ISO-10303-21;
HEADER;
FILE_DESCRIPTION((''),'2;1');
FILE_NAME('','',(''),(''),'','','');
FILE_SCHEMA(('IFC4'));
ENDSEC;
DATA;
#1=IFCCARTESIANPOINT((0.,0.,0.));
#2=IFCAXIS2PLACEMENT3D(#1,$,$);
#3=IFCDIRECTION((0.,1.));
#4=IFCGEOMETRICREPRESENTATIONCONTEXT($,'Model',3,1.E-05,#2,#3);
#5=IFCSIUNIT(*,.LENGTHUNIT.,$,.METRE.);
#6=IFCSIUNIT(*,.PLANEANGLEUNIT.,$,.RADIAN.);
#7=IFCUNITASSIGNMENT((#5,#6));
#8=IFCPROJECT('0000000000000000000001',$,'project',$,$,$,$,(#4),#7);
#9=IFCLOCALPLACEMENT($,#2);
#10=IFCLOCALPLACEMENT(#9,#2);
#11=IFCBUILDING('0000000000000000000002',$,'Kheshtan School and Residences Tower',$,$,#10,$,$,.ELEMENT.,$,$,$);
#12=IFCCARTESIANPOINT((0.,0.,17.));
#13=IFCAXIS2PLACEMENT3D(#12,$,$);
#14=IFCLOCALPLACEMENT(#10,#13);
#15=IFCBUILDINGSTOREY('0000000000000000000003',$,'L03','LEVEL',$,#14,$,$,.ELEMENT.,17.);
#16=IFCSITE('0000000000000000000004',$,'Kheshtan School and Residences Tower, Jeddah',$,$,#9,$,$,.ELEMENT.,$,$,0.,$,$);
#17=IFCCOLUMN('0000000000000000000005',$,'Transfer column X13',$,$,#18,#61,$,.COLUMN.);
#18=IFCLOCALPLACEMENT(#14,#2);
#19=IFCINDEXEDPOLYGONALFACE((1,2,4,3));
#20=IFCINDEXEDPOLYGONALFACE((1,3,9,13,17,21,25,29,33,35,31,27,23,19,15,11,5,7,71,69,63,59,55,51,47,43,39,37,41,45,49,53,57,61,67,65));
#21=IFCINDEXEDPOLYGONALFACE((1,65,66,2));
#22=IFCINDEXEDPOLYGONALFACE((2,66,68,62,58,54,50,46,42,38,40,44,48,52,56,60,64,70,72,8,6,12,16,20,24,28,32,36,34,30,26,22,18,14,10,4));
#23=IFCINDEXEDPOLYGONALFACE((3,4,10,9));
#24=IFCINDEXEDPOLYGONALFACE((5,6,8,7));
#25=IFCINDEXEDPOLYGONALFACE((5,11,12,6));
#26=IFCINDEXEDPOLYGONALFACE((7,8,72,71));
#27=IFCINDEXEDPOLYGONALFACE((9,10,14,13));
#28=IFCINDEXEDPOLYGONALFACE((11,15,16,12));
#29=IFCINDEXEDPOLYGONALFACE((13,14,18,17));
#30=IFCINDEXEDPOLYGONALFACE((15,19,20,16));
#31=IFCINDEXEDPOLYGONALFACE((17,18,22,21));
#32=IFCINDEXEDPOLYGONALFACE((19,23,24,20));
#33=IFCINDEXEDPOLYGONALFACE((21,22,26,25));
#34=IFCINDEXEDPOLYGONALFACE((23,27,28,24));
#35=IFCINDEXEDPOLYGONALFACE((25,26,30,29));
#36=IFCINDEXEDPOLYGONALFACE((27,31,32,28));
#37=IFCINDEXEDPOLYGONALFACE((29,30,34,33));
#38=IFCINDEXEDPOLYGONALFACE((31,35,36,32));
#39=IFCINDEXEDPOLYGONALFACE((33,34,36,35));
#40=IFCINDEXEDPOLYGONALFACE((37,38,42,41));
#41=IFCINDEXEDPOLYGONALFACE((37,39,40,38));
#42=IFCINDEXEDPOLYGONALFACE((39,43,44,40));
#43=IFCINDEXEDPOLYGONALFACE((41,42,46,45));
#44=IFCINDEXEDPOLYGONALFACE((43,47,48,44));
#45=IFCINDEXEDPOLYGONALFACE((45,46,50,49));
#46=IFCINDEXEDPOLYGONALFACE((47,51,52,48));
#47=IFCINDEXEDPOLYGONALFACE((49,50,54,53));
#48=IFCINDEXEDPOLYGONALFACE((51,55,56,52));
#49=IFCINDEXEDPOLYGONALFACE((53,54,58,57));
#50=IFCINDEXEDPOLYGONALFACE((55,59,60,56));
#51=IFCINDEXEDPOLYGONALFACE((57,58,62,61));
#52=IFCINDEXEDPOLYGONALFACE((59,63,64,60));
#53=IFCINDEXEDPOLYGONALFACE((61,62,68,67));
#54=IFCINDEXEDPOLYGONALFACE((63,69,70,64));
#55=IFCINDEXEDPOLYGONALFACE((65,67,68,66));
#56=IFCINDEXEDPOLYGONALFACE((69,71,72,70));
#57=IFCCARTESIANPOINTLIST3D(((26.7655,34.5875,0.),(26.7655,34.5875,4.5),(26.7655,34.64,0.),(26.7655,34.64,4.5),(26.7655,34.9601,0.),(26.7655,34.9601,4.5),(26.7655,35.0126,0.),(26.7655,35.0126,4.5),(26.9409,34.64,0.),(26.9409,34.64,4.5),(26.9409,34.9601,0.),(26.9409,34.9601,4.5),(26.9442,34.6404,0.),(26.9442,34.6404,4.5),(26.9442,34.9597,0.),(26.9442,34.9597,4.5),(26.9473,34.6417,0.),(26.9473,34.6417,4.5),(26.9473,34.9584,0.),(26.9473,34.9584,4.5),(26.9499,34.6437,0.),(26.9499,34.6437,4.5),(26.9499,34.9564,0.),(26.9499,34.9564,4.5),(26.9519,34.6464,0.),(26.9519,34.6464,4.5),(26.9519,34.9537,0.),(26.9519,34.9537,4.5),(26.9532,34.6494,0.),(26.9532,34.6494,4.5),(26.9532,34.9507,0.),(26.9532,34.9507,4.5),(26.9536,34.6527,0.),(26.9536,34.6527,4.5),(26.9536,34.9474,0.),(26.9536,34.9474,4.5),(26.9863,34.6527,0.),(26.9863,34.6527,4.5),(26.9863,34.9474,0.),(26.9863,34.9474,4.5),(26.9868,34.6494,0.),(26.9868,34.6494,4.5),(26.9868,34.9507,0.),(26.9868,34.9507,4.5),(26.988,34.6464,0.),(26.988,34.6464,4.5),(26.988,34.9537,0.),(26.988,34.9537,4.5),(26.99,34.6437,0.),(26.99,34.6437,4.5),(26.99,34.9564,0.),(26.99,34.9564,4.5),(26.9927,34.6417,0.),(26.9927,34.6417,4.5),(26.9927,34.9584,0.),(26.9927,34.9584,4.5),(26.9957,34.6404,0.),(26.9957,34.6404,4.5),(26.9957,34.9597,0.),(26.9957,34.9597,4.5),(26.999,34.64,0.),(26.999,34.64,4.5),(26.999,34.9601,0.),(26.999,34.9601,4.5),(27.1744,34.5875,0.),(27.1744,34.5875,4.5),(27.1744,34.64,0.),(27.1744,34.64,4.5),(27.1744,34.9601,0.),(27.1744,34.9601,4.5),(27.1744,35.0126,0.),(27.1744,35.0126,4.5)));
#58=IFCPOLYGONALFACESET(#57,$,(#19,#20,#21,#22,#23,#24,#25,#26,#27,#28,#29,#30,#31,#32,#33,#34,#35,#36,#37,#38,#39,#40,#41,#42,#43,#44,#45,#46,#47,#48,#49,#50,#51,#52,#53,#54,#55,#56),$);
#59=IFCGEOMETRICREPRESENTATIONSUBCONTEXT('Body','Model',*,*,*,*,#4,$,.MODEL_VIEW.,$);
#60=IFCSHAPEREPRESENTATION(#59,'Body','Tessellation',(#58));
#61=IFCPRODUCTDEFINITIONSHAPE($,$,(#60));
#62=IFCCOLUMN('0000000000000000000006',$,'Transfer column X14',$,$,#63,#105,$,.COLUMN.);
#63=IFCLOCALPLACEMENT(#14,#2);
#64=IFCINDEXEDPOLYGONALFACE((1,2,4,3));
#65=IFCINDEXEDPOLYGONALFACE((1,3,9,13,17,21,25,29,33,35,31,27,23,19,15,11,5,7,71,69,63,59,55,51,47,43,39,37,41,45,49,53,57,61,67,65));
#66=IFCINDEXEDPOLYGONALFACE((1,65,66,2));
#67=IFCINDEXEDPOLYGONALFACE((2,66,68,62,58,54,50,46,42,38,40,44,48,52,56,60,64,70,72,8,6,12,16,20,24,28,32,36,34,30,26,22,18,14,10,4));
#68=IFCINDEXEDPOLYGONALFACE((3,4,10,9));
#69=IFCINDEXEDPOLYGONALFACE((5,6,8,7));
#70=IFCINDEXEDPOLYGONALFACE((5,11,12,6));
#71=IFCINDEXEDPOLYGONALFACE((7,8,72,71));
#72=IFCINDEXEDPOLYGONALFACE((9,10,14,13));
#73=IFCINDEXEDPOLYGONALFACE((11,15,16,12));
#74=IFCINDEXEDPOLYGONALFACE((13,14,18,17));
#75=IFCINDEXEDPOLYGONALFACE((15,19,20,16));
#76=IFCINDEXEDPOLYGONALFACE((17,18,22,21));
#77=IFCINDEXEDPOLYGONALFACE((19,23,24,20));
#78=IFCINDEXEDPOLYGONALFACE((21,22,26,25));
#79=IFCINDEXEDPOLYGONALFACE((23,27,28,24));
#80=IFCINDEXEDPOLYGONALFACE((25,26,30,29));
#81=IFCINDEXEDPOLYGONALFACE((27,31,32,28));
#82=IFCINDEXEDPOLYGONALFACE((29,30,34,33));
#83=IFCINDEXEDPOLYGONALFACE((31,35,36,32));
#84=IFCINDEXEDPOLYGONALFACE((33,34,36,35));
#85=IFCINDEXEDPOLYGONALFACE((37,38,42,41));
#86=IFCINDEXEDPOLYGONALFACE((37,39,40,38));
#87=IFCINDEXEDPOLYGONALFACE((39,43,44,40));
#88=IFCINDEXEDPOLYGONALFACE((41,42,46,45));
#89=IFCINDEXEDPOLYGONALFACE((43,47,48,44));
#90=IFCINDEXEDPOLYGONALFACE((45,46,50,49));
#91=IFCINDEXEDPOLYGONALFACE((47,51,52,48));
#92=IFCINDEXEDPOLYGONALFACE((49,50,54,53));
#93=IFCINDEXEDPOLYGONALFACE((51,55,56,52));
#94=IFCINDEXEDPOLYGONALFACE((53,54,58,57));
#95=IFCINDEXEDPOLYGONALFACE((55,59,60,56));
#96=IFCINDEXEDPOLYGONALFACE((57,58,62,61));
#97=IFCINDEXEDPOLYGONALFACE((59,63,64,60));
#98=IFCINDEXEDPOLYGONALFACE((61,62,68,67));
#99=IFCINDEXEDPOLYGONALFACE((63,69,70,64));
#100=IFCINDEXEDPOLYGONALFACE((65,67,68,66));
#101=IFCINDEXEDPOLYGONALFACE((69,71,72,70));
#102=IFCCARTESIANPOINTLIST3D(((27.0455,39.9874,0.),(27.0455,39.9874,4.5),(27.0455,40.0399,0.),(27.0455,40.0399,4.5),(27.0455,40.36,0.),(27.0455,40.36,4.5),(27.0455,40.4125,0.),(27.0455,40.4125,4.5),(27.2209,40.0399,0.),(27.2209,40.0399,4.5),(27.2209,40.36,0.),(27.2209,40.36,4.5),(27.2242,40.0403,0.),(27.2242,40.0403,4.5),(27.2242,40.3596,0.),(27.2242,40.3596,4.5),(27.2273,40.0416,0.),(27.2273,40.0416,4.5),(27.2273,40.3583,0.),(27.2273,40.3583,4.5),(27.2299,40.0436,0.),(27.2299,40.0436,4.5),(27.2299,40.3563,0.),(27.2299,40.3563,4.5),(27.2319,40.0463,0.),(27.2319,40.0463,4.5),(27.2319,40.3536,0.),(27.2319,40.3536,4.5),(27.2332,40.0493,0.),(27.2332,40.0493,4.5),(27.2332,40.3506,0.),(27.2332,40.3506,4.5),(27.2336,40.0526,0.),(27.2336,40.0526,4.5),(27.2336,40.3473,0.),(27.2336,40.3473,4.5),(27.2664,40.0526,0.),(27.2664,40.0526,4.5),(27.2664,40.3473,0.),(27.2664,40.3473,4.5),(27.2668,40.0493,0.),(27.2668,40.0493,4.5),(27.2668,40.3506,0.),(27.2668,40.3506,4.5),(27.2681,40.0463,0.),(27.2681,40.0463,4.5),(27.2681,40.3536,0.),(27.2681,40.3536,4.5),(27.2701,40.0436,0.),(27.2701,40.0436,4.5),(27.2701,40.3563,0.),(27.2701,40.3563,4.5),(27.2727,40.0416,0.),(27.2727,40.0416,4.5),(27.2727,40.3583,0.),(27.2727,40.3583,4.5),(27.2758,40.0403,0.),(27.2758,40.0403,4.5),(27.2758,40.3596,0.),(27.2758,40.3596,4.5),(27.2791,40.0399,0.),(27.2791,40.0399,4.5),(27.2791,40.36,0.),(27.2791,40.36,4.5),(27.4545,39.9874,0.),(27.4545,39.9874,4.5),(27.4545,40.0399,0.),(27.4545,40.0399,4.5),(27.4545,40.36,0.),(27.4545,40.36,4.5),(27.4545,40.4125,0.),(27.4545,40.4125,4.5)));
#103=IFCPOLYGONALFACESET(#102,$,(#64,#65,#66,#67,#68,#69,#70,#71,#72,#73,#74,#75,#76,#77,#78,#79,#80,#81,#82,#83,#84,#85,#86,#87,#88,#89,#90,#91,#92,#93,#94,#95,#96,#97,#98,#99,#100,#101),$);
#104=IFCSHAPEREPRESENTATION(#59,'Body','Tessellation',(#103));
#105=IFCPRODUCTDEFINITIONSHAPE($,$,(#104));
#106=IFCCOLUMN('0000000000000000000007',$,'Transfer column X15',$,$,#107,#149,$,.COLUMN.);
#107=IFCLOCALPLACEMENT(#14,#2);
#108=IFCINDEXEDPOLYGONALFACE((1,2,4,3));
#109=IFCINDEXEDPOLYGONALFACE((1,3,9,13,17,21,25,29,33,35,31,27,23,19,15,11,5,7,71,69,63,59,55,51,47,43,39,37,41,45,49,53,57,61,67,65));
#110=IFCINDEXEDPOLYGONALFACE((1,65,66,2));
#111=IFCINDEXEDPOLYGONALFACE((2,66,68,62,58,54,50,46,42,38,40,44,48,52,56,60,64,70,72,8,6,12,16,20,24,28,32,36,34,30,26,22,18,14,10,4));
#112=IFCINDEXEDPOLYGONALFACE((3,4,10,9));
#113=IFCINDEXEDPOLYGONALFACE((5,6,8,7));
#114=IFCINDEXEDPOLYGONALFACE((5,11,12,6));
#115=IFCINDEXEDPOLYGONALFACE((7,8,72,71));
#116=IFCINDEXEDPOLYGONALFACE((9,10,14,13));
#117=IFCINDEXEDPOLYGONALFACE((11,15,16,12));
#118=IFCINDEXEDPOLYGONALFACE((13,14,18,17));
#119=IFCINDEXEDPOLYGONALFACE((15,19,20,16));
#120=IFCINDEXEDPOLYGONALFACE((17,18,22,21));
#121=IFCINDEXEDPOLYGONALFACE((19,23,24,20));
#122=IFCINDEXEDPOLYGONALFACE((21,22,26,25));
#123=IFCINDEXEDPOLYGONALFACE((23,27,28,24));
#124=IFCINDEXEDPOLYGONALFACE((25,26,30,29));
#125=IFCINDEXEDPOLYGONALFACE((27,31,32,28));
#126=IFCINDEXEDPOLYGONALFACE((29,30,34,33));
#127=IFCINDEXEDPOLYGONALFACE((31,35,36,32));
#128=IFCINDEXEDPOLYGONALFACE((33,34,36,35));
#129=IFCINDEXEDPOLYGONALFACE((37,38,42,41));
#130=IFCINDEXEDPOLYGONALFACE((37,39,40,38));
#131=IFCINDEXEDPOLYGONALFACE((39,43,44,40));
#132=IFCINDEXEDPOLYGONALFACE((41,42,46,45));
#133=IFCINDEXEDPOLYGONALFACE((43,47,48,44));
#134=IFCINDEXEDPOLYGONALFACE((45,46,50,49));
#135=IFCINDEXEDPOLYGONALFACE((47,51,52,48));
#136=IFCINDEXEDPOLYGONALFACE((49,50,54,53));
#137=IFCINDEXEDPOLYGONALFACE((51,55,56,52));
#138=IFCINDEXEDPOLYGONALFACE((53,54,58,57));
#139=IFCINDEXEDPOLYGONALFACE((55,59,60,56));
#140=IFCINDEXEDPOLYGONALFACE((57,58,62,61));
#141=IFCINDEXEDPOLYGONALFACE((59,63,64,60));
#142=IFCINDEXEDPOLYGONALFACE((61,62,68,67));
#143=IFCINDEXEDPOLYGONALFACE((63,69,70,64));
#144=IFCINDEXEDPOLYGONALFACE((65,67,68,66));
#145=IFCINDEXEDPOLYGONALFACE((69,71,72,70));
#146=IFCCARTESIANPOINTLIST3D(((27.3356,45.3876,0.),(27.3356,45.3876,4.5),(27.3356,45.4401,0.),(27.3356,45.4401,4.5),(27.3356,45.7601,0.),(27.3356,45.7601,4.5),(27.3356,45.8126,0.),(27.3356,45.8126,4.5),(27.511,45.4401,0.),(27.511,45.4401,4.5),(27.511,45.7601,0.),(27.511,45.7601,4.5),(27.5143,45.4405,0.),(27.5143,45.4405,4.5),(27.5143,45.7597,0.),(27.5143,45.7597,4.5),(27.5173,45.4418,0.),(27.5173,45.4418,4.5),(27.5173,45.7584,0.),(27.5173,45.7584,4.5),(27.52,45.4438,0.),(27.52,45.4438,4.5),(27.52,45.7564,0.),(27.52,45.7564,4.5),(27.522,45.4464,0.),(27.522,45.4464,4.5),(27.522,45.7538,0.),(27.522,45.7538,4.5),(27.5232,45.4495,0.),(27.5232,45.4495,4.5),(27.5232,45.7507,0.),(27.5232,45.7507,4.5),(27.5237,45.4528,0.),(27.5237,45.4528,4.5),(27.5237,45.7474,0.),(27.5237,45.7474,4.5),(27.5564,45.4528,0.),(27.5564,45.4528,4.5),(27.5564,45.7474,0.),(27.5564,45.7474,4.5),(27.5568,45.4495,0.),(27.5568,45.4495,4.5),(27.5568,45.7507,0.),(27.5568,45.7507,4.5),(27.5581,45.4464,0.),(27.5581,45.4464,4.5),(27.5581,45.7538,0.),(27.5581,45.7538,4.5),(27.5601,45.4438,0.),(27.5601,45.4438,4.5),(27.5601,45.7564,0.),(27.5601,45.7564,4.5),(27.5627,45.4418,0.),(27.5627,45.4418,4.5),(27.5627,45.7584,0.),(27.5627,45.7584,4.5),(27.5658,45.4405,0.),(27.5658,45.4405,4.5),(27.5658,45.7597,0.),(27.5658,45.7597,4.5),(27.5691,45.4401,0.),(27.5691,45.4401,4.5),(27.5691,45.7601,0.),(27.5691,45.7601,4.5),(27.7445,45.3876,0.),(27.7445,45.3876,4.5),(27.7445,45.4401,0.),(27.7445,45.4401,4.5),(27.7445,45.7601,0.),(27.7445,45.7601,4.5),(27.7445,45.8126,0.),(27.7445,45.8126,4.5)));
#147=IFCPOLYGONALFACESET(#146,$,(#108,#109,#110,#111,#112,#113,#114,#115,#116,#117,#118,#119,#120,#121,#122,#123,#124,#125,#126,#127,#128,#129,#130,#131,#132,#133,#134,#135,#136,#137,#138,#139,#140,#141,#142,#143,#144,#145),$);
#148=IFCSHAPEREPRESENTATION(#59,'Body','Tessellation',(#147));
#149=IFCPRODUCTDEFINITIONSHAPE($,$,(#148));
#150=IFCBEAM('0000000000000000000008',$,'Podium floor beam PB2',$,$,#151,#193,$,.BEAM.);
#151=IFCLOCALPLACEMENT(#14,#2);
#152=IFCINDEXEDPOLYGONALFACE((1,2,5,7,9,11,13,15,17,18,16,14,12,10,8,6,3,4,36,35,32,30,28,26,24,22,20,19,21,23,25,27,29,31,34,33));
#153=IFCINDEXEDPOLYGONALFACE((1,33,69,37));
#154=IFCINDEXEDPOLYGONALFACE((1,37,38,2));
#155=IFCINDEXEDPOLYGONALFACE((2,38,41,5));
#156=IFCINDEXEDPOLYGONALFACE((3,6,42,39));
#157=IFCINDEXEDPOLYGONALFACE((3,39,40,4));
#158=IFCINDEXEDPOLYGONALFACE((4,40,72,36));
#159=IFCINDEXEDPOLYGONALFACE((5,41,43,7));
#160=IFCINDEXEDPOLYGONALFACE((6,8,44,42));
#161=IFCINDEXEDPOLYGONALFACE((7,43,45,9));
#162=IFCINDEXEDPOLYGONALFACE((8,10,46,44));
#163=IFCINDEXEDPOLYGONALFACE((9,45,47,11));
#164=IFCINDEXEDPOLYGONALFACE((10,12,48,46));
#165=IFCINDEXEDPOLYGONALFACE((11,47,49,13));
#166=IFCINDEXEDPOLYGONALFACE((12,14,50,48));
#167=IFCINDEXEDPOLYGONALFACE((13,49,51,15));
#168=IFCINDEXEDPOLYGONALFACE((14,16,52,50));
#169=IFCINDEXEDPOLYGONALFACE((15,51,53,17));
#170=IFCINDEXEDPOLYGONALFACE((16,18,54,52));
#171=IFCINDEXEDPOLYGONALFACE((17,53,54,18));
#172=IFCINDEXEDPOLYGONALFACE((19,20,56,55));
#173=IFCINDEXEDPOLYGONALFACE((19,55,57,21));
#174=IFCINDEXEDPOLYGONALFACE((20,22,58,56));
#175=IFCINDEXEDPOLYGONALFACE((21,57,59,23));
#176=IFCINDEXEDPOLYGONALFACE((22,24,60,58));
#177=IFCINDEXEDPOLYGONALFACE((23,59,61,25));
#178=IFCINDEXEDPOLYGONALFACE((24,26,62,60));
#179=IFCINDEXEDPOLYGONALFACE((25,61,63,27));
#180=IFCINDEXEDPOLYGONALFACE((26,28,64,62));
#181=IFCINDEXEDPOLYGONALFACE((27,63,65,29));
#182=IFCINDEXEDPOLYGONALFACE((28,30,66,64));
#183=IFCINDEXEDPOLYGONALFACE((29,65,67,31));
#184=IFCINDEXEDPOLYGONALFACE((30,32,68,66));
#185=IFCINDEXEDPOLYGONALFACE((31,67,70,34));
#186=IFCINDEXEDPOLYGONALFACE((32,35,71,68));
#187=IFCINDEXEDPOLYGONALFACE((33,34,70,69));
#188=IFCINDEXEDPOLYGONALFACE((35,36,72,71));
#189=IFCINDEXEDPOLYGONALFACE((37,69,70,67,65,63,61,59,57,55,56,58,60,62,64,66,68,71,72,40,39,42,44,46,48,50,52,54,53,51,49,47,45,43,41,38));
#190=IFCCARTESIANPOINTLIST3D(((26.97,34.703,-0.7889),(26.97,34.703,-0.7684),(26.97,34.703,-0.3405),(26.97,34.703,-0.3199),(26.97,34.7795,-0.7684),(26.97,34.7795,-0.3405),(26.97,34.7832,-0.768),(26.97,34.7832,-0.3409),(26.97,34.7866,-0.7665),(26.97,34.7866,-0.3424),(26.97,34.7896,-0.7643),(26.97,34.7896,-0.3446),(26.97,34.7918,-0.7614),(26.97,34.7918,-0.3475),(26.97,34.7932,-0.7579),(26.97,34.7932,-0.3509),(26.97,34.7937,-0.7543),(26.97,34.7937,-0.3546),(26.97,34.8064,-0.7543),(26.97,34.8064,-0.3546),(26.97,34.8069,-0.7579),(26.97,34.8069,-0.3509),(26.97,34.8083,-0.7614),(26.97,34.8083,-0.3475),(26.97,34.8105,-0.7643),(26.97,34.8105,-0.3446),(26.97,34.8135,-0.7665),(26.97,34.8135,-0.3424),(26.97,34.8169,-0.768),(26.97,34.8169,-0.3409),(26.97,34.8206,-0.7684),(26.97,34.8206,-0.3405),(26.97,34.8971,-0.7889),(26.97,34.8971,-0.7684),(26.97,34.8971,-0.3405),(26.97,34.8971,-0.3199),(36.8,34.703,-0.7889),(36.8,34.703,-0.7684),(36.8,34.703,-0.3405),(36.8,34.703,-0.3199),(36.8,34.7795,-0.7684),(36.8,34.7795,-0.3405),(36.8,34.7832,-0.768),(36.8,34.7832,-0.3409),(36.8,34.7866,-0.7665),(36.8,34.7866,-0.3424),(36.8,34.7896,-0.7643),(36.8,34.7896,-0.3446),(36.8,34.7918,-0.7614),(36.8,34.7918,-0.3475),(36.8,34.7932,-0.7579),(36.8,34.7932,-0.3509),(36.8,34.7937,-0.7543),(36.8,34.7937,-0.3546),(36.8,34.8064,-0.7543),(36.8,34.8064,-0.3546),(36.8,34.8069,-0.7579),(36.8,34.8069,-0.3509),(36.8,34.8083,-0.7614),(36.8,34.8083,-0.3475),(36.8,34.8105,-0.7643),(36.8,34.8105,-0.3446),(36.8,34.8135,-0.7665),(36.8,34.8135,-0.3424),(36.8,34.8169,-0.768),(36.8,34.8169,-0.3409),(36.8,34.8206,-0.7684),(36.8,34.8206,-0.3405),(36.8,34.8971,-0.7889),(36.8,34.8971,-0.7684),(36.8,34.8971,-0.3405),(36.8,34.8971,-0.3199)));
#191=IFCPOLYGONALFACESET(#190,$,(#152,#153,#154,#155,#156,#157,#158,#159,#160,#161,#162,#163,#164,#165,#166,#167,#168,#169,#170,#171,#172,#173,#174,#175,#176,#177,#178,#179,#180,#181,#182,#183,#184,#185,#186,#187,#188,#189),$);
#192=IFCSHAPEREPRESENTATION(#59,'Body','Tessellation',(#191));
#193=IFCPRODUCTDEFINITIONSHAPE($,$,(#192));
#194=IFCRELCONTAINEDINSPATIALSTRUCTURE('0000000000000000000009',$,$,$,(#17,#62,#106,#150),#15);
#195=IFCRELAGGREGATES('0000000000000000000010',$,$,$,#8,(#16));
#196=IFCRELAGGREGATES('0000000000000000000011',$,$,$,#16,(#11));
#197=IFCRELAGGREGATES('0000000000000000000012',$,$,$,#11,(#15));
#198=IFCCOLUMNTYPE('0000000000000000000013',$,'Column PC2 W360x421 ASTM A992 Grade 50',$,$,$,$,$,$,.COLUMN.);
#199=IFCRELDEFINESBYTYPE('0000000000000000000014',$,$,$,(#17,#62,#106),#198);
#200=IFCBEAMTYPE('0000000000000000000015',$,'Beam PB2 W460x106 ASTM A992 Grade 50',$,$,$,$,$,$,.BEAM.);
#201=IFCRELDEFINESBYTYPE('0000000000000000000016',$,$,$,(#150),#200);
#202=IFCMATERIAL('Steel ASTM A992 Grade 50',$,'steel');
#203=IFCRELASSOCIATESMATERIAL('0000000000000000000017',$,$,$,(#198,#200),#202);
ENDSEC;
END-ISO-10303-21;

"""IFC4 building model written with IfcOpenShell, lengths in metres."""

from ifc_helpers import new_model, si_unit, direction, frame, origin, origin_2d, place, context, subcontext, project, spatial, i_section, extrude, material, material_profile, profile_set, type_object, element, save


model = new_model("IFC4")

# Units and contexts
model_context = context("Model", 3, precision=1e-05, world=origin(), true_north=direction((0.0, 1.0)))
body_context = subcontext(model_context, "Body", "Model", "MODEL_VIEW")
ifc_project = project(units=[si_unit("LENGTHUNIT", "METRE"), si_unit("PLANEANGLEUNIT", "RADIAN")], contexts=[model_context])

# Site, building, storey
site_placement = place(None, origin())
site = spatial("IfcSite", under=ifc_project, at=site_placement, Name="Kheshtan School and Residences Tower, Jeddah", CompositionType="ELEMENT", RefElevation=0.0)
building_placement = place(site_placement, origin())
building = spatial("IfcBuilding", under=site, at=building_placement, Name="Kheshtan School and Residences Tower", CompositionType="ELEMENT")
storey_placement = place(building_placement, frame((0.0, 0.0, 17.0)))
storey = spatial("IfcBuildingStorey", under=building, at=storey_placement, Name="L03", Description="LEVEL", CompositionType="ELEMENT", Elevation=17.0)

# Columns
ifc_material_1 = material(Name="Steel ASTM A992 Grade 50", Category="steel")
ifc_material_profile_1 = material_profile(ifc_material_1, i_section(OverallWidth=0.4089, OverallDepth=0.425, WebThickness=0.0327, FlangeThickness=0.0525, FilletRadius=0.0127, at=origin_2d()), Name="W360x421")
ifc_profile_set_1 = profile_set([ifc_material_profile_1], Name="Steel ASTM A992 Grade 50")
column_type = type_object("IfcColumnType", Name="Column PC2 W360x421 ASTM A992 Grade 50", PredefinedType="COLUMN", material=ifc_profile_set_1)
for number, where, z_axis, x_axis, name in (
    (1, (26.97, 34.8, 0.0), (0.0, 0.0, 1.0), (1.0, 0.0, 0.0), "Transfer column X13"),
    (2, (27.25, 40.2, 0.0), (0.0, 0.0, 1.0), (1.0, 0.0, 0.0), "Transfer column X14"),
    (3, (27.54, 45.6001, 0.0), (0.0, 0.0, 1.0), (1.0, 0.0, 0.0), "Transfer column X15"),
):
    element("IfcColumn", number, at=place(storey_placement, frame(where, z_axis=z_axis, x_axis=x_axis)), inside=storey, type_object=column_type, Name=name, PredefinedType="COLUMN", context=body_context, shape_type="SweptSolid", body=[
        extrude(i_section(OverallWidth=0.4089, OverallDepth=0.425, WebThickness=0.0327, FlangeThickness=0.0525, FilletRadius=0.0127, at=origin_2d()), origin(), (0.0, 0.0, 1.0), 4.5),
    ])

# Beam
ifc_material_profile_2 = material_profile(ifc_material_1, i_section(OverallWidth=0.1941, OverallDepth=0.469, WebThickness=0.0127, FlangeThickness=0.0205, FilletRadius=0.0142, at=origin_2d()), Name="W460x106")
ifc_profile_set_2 = profile_set([ifc_material_profile_2], Name="Steel ASTM A992 Grade 50")
beam_type = type_object("IfcBeamType", Name="Beam PB2 W460x106 ASTM A992 Grade 50", PredefinedType="BEAM", material=ifc_profile_set_2)
beam_1_placement = place(storey_placement, frame((26.97, 34.8, -0.5544), z_axis=(1.0, 0.0, 0.0), x_axis=(0.0, 1.0, 0.0)))
element("IfcBeam", 4, at=beam_1_placement, inside=storey, type_object=beam_type, Name="Podium floor beam PB2", PredefinedType="BEAM", context=body_context, shape_type="SweptSolid", body=[
    extrude(i_section(OverallWidth=0.1941, OverallDepth=0.469, WebThickness=0.0127, FlangeThickness=0.0205, FilletRadius=0.0142, at=origin_2d()), origin(), (0.0, 0.0, 1.0), 9.8301),
])

save(model, "model.ifc")
